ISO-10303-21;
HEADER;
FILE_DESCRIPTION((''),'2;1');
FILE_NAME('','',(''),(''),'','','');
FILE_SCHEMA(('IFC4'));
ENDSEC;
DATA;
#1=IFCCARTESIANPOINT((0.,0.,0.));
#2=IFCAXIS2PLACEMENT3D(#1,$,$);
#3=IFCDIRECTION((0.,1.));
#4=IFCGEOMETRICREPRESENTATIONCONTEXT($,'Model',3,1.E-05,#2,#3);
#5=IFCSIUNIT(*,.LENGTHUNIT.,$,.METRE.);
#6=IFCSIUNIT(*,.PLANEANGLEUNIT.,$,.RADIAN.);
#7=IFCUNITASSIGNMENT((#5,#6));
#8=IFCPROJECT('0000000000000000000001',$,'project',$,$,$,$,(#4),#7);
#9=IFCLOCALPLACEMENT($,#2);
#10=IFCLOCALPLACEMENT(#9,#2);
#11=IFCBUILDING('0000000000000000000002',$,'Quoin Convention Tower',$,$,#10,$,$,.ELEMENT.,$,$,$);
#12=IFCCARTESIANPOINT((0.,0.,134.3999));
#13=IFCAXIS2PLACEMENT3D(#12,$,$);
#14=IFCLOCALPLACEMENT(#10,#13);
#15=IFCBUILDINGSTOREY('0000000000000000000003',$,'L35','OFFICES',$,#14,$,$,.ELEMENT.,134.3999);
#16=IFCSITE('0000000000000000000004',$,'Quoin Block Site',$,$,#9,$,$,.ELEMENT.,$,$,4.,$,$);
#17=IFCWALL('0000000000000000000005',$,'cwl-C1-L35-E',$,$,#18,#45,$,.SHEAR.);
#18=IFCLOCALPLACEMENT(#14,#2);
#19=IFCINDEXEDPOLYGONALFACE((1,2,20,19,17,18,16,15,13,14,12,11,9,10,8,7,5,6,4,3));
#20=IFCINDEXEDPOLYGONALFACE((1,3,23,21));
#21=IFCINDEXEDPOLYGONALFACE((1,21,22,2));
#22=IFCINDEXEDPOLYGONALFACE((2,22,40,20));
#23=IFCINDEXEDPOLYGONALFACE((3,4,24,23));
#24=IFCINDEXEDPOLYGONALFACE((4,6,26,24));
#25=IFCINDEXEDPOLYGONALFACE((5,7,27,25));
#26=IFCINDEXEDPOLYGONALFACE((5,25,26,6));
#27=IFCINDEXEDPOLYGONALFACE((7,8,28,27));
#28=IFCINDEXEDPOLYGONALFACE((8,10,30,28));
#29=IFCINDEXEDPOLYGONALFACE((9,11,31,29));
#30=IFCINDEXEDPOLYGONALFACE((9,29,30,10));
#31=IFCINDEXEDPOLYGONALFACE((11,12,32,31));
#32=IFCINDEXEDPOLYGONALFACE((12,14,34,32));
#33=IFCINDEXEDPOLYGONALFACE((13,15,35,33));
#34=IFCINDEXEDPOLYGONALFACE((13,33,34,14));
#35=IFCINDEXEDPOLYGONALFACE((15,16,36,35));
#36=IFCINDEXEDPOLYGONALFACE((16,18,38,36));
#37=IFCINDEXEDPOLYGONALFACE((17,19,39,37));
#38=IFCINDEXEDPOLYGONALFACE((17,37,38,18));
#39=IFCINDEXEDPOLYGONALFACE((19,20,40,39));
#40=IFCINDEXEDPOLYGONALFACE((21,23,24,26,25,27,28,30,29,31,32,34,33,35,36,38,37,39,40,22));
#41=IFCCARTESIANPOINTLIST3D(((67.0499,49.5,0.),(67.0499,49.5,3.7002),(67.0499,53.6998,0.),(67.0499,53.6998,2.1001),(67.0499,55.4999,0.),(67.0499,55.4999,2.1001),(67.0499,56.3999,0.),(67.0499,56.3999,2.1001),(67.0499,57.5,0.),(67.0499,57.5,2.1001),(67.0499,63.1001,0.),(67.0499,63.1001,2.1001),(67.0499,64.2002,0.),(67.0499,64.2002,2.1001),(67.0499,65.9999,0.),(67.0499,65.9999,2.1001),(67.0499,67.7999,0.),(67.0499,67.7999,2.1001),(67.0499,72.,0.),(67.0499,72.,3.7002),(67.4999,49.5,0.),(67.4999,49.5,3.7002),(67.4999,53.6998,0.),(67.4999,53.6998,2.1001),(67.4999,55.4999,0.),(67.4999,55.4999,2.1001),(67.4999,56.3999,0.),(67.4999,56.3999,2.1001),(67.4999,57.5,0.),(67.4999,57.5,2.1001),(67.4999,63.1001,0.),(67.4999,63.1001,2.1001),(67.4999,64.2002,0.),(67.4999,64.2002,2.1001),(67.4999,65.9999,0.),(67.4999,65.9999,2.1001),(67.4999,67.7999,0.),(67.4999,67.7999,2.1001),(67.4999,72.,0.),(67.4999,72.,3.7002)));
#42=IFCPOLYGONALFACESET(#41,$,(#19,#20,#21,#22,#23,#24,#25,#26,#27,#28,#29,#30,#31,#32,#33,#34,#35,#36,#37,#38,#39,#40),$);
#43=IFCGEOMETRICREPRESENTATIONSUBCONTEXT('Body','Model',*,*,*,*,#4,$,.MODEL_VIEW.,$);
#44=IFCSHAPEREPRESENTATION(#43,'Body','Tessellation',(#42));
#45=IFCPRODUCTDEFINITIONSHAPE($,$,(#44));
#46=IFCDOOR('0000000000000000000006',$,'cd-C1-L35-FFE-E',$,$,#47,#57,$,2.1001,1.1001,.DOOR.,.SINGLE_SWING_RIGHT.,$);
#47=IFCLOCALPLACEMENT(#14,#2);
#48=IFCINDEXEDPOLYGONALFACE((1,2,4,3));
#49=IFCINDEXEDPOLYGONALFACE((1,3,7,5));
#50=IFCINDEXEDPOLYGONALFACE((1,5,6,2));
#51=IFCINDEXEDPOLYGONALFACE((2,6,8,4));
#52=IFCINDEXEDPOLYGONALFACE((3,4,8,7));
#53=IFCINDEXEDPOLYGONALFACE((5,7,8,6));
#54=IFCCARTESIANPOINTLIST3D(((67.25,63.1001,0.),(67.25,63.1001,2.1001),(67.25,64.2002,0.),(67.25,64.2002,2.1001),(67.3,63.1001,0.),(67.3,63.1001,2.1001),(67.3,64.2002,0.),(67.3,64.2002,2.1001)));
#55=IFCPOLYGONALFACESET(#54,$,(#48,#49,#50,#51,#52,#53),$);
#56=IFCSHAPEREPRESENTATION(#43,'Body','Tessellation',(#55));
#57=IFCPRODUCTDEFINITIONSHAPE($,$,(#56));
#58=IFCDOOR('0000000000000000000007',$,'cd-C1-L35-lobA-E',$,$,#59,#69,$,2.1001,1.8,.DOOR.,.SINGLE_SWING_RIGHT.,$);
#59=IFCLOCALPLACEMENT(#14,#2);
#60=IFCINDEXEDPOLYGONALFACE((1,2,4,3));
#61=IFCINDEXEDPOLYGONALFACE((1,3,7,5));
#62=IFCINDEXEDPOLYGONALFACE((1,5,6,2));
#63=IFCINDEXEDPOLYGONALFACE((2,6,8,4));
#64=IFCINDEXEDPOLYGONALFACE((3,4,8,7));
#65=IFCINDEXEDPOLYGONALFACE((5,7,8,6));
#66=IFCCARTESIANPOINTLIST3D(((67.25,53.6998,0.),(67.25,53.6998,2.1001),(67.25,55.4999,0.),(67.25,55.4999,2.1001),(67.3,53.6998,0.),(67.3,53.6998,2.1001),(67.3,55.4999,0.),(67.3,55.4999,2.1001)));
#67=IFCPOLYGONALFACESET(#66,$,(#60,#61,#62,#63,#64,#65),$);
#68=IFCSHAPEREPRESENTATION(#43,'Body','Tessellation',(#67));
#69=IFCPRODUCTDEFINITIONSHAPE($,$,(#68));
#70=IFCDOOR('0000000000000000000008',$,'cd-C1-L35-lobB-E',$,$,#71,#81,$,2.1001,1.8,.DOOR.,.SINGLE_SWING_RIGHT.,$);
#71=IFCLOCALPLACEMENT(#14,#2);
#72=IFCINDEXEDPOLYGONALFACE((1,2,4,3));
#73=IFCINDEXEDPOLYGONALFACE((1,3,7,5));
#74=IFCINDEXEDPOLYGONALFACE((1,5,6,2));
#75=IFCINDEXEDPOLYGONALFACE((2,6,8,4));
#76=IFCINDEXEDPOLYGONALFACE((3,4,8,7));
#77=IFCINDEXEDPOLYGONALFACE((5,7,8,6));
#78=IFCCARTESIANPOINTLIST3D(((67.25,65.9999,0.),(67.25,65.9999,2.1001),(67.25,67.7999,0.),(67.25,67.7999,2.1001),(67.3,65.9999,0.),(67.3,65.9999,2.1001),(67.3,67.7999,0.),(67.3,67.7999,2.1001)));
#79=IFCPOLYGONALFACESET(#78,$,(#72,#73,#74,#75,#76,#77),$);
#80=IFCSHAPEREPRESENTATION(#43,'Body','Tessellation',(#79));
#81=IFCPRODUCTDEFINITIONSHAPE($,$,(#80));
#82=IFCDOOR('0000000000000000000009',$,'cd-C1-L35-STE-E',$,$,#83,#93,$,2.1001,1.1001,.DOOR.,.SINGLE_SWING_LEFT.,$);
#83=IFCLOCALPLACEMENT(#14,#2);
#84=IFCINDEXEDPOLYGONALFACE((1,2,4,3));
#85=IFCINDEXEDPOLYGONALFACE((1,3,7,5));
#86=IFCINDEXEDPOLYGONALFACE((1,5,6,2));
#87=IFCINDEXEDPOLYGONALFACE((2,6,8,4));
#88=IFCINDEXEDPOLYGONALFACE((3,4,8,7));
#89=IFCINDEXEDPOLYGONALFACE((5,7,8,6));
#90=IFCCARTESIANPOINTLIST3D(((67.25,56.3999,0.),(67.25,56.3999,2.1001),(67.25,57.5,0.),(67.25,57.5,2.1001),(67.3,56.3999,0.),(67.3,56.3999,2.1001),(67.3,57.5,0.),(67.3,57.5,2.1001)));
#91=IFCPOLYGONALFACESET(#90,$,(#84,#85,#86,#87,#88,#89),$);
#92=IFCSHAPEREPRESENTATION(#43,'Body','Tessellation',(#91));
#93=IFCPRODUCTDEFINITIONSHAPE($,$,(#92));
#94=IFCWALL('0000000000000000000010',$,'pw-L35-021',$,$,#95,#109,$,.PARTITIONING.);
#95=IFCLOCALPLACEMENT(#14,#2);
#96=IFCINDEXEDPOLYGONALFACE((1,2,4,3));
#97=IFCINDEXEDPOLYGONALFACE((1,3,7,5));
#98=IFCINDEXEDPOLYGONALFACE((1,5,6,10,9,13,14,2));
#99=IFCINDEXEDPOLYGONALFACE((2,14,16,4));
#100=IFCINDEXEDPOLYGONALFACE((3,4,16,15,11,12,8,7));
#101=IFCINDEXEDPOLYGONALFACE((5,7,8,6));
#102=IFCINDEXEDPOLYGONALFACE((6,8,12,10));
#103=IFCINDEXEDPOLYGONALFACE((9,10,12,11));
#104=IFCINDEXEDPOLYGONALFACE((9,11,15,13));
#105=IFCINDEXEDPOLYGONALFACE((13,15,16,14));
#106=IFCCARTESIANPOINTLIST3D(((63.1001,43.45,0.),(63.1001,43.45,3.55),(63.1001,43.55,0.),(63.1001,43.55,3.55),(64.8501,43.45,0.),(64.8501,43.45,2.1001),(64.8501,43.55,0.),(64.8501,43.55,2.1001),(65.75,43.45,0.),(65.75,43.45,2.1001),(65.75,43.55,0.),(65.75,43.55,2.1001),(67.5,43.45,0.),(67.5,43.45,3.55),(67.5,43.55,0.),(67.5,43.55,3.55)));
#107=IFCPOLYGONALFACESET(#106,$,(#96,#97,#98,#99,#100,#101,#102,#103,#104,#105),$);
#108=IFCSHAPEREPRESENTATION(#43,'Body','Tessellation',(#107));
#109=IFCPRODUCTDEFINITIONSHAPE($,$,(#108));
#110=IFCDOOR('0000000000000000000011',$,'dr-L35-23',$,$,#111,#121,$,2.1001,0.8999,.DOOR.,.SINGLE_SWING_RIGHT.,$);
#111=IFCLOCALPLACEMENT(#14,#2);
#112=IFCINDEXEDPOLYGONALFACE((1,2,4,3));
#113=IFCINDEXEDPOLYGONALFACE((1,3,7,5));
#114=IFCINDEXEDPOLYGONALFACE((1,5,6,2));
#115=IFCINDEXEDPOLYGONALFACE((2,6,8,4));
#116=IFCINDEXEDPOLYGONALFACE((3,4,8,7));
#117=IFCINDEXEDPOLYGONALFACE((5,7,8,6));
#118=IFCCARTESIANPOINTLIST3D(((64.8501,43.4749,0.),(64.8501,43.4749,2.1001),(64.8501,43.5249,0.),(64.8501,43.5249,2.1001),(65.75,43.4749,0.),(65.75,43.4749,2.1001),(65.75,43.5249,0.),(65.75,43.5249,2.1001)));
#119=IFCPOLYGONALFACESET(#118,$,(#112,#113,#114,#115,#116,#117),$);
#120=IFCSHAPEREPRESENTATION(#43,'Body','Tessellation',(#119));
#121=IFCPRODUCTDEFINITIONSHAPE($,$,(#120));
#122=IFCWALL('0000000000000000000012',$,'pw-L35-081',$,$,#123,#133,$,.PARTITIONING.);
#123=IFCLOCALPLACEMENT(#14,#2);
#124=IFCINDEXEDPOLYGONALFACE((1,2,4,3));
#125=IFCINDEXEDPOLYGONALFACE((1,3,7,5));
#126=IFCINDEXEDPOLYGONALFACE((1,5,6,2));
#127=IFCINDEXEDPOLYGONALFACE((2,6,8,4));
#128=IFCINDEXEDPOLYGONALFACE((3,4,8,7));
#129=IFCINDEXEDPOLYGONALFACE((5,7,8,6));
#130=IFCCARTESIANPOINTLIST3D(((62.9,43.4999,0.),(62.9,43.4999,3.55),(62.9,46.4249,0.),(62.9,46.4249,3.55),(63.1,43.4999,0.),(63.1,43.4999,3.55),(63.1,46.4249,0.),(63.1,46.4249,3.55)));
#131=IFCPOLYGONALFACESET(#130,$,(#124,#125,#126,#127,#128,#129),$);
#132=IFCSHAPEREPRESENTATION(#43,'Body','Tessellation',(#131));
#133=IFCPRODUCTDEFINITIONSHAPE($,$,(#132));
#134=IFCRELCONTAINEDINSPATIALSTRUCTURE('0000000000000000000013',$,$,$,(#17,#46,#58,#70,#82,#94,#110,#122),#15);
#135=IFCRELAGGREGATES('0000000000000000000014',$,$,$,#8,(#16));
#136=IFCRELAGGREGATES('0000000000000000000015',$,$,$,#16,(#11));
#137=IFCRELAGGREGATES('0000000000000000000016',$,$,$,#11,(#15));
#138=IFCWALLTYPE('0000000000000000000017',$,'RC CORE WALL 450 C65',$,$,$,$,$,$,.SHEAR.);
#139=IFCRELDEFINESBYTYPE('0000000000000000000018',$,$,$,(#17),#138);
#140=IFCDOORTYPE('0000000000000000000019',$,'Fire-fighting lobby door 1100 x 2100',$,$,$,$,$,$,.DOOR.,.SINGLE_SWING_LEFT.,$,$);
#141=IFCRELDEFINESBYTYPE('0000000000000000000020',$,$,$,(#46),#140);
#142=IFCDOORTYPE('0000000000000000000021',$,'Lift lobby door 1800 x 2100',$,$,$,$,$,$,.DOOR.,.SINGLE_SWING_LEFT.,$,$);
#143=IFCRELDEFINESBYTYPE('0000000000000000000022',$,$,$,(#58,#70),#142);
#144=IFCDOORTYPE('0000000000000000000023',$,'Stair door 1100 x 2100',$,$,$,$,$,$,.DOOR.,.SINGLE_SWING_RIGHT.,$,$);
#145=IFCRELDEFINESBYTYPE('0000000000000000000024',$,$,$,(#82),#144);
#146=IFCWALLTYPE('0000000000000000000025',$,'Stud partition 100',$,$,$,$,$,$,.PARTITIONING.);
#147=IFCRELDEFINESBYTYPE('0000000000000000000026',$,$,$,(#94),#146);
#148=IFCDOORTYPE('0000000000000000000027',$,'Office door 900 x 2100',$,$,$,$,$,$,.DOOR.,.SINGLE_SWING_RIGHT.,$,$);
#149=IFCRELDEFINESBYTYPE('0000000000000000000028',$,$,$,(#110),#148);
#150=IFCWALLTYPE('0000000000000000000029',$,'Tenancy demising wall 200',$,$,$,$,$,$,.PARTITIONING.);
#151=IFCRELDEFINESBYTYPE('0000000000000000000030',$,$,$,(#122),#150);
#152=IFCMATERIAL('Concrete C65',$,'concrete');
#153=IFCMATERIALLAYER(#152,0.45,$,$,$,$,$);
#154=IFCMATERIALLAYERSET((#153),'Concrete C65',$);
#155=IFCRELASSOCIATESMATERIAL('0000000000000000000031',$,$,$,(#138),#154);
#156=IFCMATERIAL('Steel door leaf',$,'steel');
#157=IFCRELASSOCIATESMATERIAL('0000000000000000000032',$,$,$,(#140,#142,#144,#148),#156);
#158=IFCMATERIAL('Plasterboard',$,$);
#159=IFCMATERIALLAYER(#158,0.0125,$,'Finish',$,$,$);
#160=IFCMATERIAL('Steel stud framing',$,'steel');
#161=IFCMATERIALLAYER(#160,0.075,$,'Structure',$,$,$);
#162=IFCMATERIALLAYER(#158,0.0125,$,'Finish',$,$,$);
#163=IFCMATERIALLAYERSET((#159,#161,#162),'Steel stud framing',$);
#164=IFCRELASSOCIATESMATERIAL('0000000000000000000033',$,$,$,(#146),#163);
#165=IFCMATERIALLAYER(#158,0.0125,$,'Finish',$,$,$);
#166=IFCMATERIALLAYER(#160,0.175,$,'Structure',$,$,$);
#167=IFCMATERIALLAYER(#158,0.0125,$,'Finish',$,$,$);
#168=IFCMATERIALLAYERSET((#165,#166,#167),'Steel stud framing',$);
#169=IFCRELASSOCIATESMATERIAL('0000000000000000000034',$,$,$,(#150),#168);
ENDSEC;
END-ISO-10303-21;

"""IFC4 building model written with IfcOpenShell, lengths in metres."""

from ifc_helpers import new_model, si_unit, direction, frame, frame_2d, origin, place, context, subcontext, project, spatial, rectangle, extrude, material, layer, layer_set, type_object, element, fill, save


model = new_model("IFC4")

# Units and contexts
model_context = context("Model", 3, precision=1e-05, world=origin(), true_north=direction((0.0, 1.0)))
body_context = subcontext(model_context, "Body", "Model", "MODEL_VIEW")
ifc_project = project(units=[si_unit("LENGTHUNIT", "METRE"), si_unit("PLANEANGLEUNIT", "RADIAN")], contexts=[model_context])

# Site, building, storey
site_placement = place(None, origin())
site = spatial("IfcSite", under=ifc_project, at=site_placement, Name="Quoin Block Site", CompositionType="ELEMENT", RefElevation=4.0)
building_placement = place(site_placement, origin())
building = spatial("IfcBuilding", under=site, at=building_placement, Name="Quoin Convention Tower", CompositionType="ELEMENT")
storey_placement = place(building_placement, frame((0.0, 0.0, 134.3999)))
storey = spatial("IfcBuildingStorey", under=building, at=storey_placement, Name="L35", Description="OFFICES", CompositionType="ELEMENT", Elevation=134.3999)

# Shared definitions
ifc_material_1 = material(Name="Concrete C65", Category="concrete")

# Shared definitions
ifc_material_2 = material(Name="Plasterboard")
ifc_material_3 = material(Name="Steel stud framing", Category="steel")

# Shared definitions
ifc_material_4 = material(Name="Steel door leaf", Category="steel")

# Wall, openings, doors
ifc_layer_1 = layer(ifc_material_1, 0.45)
ifc_layer_set_1 = layer_set([ifc_layer_1], Name="Concrete C65")
wall_type_1 = type_object("IfcWallType", Name="RC CORE WALL 450 C65", PredefinedType="SHEAR", material=ifc_layer_set_1)
wall_1_placement = place(storey_placement, frame((67.2749, 49.5, 0.0), z_axis=(0.0, 0.0, 1.0), x_axis=(0.0, 1.0, 0.0)))
wall_1 = element("IfcWall", 1, at=wall_1_placement, inside=storey, type_object=wall_type_1, Name="cwl-C1-L35-E", PredefinedType="SHEAR", context=body_context, shape_type="SweptSolid", body=[
    extrude(rectangle(XDim=22.5, YDim=0.45, at=frame_2d((11.25, 0.0))), origin(), (0.0, 0.0, 1.0), 3.7002),
])
opening_1_placement = place(wall_1_placement, frame((4.2, 0.0, 0.0)))
opening_1 = element("IfcOpeningElement", 2, at=opening_1_placement, cuts=wall_1, PredefinedType="OPENING", context=body_context, shape_type="SweptSolid", body=[
    extrude(rectangle(XDim=1.8, YDim=2.1001, at=frame_2d((0.8999, 1.05))), frame((0.0, 0.2349, 0.0), z_axis=(0.0, -1.0, 0.0), x_axis=(1.0, 0.0, 0.0)), (0.0, 0.0, 1.0), 0.47),
])
opening_2_placement = place(wall_1_placement, frame((6.8999, 0.0, 0.0)))
opening_2 = element("IfcOpeningElement", 3, at=opening_2_placement, cuts=wall_1, PredefinedType="OPENING", context=body_context, shape_type="SweptSolid", body=[
    extrude(rectangle(XDim=1.1001, YDim=2.1001, at=frame_2d((0.55, 1.05))), frame((0.0, 0.2349, 0.0), z_axis=(0.0, -1.0, 0.0), x_axis=(1.0, 0.0, 0.0)), (0.0, 0.0, 1.0), 0.47),
])
opening_3_placement = place(wall_1_placement, frame((13.6001, 0.0, 0.0)))
opening_3 = element("IfcOpeningElement", 4, at=opening_3_placement, cuts=wall_1, PredefinedType="OPENING", context=body_context, shape_type="SweptSolid", body=[
    extrude(rectangle(XDim=1.1001, YDim=2.1001, at=frame_2d((0.55, 1.05))), frame((0.0, 0.2349, 0.0), z_axis=(0.0, -1.0, 0.0), x_axis=(1.0, 0.0, 0.0)), (0.0, 0.0, 1.0), 0.47),
])
opening_4_placement = place(wall_1_placement, frame((16.5, 0.0, 0.0)))
opening_4 = element("IfcOpeningElement", 5, at=opening_4_placement, cuts=wall_1, PredefinedType="OPENING", context=body_context, shape_type="SweptSolid", body=[
    extrude(rectangle(XDim=1.8, YDim=2.1001, at=frame_2d((0.8999, 1.05))), frame((0.0, 0.2349, 0.0), z_axis=(0.0, -1.0, 0.0), x_axis=(1.0, 0.0, 0.0)), (0.0, 0.0, 1.0), 0.47),
])
door_type_1 = type_object("IfcDoorType", Name="Fire-fighting lobby door 1100 x 2100", OperationType="SINGLE_SWING_LEFT", PredefinedType="DOOR", material=ifc_material_4)
door_1_placement = place(opening_3_placement, origin())
door_1 = element("IfcDoor", 6, at=door_1_placement, inside=storey, type_object=door_type_1, Name="cd-C1-L35-FFE-E", OperationType="SINGLE_SWING_RIGHT", OverallHeight=2.1001, OverallWidth=1.1001, PredefinedType="DOOR", context=body_context, shape_type="SweptSolid", body=[
    extrude(rectangle(XDim=1.1001, YDim=2.1001, at=frame_2d((0.55, 1.05))), frame((0.0, 0.0249, 0.0), z_axis=(0.0, -1.0, 0.0), x_axis=(1.0, 0.0, 0.0)), (0.0, 0.0, 1.0), 0.05),
])
fill(opening_3, door_1)
door_type_2 = type_object("IfcDoorType", Name="Lift lobby door 1800 x 2100", OperationType="SINGLE_SWING_LEFT", PredefinedType="DOOR", material=ifc_material_4)
door_2_placement = place(opening_1_placement, origin())
door_2 = element("IfcDoor", 7, at=door_2_placement, inside=storey, type_object=door_type_2, Name="cd-C1-L35-lobA-E", OperationType="SINGLE_SWING_RIGHT", OverallHeight=2.1001, OverallWidth=1.8, PredefinedType="DOOR", context=body_context, shape_type="SweptSolid", body=[
    extrude(rectangle(XDim=1.8, YDim=2.1001, at=frame_2d((0.8999, 1.05))), frame((0.0, 0.0249, 0.0), z_axis=(0.0, -1.0, 0.0), x_axis=(1.0, 0.0, 0.0)), (0.0, 0.0, 1.0), 0.05),
])
fill(opening_1, door_2)
door_3_placement = place(opening_4_placement, origin())
door_3 = element("IfcDoor", 8, at=door_3_placement, inside=storey, type_object=door_type_2, Name="cd-C1-L35-lobB-E", OperationType="SINGLE_SWING_RIGHT", OverallHeight=2.1001, OverallWidth=1.8, PredefinedType="DOOR", context=body_context, shape_type="SweptSolid", body=[
    extrude(rectangle(XDim=1.8, YDim=2.1001, at=frame_2d((0.8999, 1.05))), frame((0.0, 0.0249, 0.0), z_axis=(0.0, -1.0, 0.0), x_axis=(1.0, 0.0, 0.0)), (0.0, 0.0, 1.0), 0.05),
])
fill(opening_4, door_3)
door_type_3 = type_object("IfcDoorType", Name="Stair door 1100 x 2100", OperationType="SINGLE_SWING_RIGHT", PredefinedType="DOOR", material=ifc_material_4)
door_4_placement = place(opening_2_placement, origin())
door_4 = element("IfcDoor", 9, at=door_4_placement, inside=storey, type_object=door_type_3, Name="cd-C1-L35-STE-E", OperationType="SINGLE_SWING_LEFT", OverallHeight=2.1001, OverallWidth=1.1001, PredefinedType="DOOR", context=body_context, shape_type="SweptSolid", body=[
    extrude(rectangle(XDim=1.1001, YDim=2.1001, at=frame_2d((0.55, 1.05))), frame((0.0, 0.0249, 0.0), z_axis=(0.0, -1.0, 0.0), x_axis=(1.0, 0.0, 0.0)), (0.0, 0.0, 1.0), 0.05),
])
fill(opening_2, door_4)

# Wall, opening, door
ifc_layer_2 = layer(ifc_material_2, 0.0125, Name="Finish")
ifc_layer_3 = layer(ifc_material_3, 0.075, Name="Structure")
ifc_layer_4 = layer(ifc_material_2, 0.0125, Name="Finish")
ifc_layer_set_2 = layer_set([ifc_layer_2, ifc_layer_3, ifc_layer_4], Name="Steel stud framing")
wall_type_2 = type_object("IfcWallType", Name="Stud partition 100", PredefinedType="PARTITIONING", material=ifc_layer_set_2)
wall_2_placement = place(storey_placement, frame((63.1001, 43.5, 0.0), z_axis=(0.0, 0.0, 1.0), x_axis=(1.0, 0.0, 0.0)))
wall_2 = element("IfcWall", 10, at=wall_2_placement, inside=storey, type_object=wall_type_2, Name="pw-L35-021", PredefinedType="PARTITIONING", context=body_context, shape_type="SweptSolid", body=[
    extrude(rectangle(XDim=4.3999, YDim=0.1001, at=frame_2d((2.2, 0.0))), origin(), (0.0, 0.0, 1.0), 3.55),
])
opening_5_placement = place(wall_2_placement, frame((1.75, 0.0, 0.0)))
opening_5 = element("IfcOpeningElement", 11, at=opening_5_placement, cuts=wall_2, PredefinedType="OPENING", context=body_context, shape_type="SweptSolid", body=[
    extrude(rectangle(XDim=0.8999, YDim=2.1001, at=frame_2d((0.45, 1.05))), frame((0.0, 0.0601, 0.0), z_axis=(0.0, -1.0, 0.0), x_axis=(1.0, 0.0, 0.0)), (0.0, 0.0, 1.0), 0.1201),
])
door_type_4 = type_object("IfcDoorType", Name="Office door 900 x 2100", OperationType="SINGLE_SWING_RIGHT", PredefinedType="DOOR", material=ifc_material_4)
door_5_placement = place(opening_5_placement, origin())
door_5 = element("IfcDoor", 12, at=door_5_placement, inside=storey, type_object=door_type_4, Name="dr-L35-23", OperationType="SINGLE_SWING_RIGHT", OverallHeight=2.1001, OverallWidth=0.8999, PredefinedType="DOOR", context=body_context, shape_type="SweptSolid", body=[
    extrude(rectangle(XDim=0.8999, YDim=2.1001, at=frame_2d((0.45, 1.05))), frame((0.0, 0.0249, 0.0), z_axis=(0.0, -1.0, 0.0), x_axis=(1.0, 0.0, 0.0)), (0.0, 0.0, 1.0), 0.05),
])
fill(opening_5, door_5)

# Wall
ifc_layer_5 = layer(ifc_material_2, 0.0125, Name="Finish")
ifc_layer_6 = layer(ifc_material_3, 0.175, Name="Structure")
ifc_layer_7 = layer(ifc_material_2, 0.0125, Name="Finish")
ifc_layer_set_3 = layer_set([ifc_layer_5, ifc_layer_6, ifc_layer_7], Name="Steel stud framing")
wall_type_3 = type_object("IfcWallType", Name="Tenancy demising wall 200", PredefinedType="PARTITIONING", material=ifc_layer_set_3)
wall_3_placement = place(storey_placement, frame((63.0, 43.5, 0.0), z_axis=(0.0, 0.0, 1.0), x_axis=(0.0, 1.0, 0.0)))
element("IfcWall", 13, at=wall_3_placement, inside=storey, type_object=wall_type_3, Name="pw-L35-081", PredefinedType="PARTITIONING", context=body_context, shape_type="SweptSolid", body=[
    extrude(rectangle(XDim=2.925, YDim=0.2, at=frame_2d((1.4624, 0.0))), origin(), (0.0, 0.0, 1.0), 3.55),
])

save(model, "model.ifc")
